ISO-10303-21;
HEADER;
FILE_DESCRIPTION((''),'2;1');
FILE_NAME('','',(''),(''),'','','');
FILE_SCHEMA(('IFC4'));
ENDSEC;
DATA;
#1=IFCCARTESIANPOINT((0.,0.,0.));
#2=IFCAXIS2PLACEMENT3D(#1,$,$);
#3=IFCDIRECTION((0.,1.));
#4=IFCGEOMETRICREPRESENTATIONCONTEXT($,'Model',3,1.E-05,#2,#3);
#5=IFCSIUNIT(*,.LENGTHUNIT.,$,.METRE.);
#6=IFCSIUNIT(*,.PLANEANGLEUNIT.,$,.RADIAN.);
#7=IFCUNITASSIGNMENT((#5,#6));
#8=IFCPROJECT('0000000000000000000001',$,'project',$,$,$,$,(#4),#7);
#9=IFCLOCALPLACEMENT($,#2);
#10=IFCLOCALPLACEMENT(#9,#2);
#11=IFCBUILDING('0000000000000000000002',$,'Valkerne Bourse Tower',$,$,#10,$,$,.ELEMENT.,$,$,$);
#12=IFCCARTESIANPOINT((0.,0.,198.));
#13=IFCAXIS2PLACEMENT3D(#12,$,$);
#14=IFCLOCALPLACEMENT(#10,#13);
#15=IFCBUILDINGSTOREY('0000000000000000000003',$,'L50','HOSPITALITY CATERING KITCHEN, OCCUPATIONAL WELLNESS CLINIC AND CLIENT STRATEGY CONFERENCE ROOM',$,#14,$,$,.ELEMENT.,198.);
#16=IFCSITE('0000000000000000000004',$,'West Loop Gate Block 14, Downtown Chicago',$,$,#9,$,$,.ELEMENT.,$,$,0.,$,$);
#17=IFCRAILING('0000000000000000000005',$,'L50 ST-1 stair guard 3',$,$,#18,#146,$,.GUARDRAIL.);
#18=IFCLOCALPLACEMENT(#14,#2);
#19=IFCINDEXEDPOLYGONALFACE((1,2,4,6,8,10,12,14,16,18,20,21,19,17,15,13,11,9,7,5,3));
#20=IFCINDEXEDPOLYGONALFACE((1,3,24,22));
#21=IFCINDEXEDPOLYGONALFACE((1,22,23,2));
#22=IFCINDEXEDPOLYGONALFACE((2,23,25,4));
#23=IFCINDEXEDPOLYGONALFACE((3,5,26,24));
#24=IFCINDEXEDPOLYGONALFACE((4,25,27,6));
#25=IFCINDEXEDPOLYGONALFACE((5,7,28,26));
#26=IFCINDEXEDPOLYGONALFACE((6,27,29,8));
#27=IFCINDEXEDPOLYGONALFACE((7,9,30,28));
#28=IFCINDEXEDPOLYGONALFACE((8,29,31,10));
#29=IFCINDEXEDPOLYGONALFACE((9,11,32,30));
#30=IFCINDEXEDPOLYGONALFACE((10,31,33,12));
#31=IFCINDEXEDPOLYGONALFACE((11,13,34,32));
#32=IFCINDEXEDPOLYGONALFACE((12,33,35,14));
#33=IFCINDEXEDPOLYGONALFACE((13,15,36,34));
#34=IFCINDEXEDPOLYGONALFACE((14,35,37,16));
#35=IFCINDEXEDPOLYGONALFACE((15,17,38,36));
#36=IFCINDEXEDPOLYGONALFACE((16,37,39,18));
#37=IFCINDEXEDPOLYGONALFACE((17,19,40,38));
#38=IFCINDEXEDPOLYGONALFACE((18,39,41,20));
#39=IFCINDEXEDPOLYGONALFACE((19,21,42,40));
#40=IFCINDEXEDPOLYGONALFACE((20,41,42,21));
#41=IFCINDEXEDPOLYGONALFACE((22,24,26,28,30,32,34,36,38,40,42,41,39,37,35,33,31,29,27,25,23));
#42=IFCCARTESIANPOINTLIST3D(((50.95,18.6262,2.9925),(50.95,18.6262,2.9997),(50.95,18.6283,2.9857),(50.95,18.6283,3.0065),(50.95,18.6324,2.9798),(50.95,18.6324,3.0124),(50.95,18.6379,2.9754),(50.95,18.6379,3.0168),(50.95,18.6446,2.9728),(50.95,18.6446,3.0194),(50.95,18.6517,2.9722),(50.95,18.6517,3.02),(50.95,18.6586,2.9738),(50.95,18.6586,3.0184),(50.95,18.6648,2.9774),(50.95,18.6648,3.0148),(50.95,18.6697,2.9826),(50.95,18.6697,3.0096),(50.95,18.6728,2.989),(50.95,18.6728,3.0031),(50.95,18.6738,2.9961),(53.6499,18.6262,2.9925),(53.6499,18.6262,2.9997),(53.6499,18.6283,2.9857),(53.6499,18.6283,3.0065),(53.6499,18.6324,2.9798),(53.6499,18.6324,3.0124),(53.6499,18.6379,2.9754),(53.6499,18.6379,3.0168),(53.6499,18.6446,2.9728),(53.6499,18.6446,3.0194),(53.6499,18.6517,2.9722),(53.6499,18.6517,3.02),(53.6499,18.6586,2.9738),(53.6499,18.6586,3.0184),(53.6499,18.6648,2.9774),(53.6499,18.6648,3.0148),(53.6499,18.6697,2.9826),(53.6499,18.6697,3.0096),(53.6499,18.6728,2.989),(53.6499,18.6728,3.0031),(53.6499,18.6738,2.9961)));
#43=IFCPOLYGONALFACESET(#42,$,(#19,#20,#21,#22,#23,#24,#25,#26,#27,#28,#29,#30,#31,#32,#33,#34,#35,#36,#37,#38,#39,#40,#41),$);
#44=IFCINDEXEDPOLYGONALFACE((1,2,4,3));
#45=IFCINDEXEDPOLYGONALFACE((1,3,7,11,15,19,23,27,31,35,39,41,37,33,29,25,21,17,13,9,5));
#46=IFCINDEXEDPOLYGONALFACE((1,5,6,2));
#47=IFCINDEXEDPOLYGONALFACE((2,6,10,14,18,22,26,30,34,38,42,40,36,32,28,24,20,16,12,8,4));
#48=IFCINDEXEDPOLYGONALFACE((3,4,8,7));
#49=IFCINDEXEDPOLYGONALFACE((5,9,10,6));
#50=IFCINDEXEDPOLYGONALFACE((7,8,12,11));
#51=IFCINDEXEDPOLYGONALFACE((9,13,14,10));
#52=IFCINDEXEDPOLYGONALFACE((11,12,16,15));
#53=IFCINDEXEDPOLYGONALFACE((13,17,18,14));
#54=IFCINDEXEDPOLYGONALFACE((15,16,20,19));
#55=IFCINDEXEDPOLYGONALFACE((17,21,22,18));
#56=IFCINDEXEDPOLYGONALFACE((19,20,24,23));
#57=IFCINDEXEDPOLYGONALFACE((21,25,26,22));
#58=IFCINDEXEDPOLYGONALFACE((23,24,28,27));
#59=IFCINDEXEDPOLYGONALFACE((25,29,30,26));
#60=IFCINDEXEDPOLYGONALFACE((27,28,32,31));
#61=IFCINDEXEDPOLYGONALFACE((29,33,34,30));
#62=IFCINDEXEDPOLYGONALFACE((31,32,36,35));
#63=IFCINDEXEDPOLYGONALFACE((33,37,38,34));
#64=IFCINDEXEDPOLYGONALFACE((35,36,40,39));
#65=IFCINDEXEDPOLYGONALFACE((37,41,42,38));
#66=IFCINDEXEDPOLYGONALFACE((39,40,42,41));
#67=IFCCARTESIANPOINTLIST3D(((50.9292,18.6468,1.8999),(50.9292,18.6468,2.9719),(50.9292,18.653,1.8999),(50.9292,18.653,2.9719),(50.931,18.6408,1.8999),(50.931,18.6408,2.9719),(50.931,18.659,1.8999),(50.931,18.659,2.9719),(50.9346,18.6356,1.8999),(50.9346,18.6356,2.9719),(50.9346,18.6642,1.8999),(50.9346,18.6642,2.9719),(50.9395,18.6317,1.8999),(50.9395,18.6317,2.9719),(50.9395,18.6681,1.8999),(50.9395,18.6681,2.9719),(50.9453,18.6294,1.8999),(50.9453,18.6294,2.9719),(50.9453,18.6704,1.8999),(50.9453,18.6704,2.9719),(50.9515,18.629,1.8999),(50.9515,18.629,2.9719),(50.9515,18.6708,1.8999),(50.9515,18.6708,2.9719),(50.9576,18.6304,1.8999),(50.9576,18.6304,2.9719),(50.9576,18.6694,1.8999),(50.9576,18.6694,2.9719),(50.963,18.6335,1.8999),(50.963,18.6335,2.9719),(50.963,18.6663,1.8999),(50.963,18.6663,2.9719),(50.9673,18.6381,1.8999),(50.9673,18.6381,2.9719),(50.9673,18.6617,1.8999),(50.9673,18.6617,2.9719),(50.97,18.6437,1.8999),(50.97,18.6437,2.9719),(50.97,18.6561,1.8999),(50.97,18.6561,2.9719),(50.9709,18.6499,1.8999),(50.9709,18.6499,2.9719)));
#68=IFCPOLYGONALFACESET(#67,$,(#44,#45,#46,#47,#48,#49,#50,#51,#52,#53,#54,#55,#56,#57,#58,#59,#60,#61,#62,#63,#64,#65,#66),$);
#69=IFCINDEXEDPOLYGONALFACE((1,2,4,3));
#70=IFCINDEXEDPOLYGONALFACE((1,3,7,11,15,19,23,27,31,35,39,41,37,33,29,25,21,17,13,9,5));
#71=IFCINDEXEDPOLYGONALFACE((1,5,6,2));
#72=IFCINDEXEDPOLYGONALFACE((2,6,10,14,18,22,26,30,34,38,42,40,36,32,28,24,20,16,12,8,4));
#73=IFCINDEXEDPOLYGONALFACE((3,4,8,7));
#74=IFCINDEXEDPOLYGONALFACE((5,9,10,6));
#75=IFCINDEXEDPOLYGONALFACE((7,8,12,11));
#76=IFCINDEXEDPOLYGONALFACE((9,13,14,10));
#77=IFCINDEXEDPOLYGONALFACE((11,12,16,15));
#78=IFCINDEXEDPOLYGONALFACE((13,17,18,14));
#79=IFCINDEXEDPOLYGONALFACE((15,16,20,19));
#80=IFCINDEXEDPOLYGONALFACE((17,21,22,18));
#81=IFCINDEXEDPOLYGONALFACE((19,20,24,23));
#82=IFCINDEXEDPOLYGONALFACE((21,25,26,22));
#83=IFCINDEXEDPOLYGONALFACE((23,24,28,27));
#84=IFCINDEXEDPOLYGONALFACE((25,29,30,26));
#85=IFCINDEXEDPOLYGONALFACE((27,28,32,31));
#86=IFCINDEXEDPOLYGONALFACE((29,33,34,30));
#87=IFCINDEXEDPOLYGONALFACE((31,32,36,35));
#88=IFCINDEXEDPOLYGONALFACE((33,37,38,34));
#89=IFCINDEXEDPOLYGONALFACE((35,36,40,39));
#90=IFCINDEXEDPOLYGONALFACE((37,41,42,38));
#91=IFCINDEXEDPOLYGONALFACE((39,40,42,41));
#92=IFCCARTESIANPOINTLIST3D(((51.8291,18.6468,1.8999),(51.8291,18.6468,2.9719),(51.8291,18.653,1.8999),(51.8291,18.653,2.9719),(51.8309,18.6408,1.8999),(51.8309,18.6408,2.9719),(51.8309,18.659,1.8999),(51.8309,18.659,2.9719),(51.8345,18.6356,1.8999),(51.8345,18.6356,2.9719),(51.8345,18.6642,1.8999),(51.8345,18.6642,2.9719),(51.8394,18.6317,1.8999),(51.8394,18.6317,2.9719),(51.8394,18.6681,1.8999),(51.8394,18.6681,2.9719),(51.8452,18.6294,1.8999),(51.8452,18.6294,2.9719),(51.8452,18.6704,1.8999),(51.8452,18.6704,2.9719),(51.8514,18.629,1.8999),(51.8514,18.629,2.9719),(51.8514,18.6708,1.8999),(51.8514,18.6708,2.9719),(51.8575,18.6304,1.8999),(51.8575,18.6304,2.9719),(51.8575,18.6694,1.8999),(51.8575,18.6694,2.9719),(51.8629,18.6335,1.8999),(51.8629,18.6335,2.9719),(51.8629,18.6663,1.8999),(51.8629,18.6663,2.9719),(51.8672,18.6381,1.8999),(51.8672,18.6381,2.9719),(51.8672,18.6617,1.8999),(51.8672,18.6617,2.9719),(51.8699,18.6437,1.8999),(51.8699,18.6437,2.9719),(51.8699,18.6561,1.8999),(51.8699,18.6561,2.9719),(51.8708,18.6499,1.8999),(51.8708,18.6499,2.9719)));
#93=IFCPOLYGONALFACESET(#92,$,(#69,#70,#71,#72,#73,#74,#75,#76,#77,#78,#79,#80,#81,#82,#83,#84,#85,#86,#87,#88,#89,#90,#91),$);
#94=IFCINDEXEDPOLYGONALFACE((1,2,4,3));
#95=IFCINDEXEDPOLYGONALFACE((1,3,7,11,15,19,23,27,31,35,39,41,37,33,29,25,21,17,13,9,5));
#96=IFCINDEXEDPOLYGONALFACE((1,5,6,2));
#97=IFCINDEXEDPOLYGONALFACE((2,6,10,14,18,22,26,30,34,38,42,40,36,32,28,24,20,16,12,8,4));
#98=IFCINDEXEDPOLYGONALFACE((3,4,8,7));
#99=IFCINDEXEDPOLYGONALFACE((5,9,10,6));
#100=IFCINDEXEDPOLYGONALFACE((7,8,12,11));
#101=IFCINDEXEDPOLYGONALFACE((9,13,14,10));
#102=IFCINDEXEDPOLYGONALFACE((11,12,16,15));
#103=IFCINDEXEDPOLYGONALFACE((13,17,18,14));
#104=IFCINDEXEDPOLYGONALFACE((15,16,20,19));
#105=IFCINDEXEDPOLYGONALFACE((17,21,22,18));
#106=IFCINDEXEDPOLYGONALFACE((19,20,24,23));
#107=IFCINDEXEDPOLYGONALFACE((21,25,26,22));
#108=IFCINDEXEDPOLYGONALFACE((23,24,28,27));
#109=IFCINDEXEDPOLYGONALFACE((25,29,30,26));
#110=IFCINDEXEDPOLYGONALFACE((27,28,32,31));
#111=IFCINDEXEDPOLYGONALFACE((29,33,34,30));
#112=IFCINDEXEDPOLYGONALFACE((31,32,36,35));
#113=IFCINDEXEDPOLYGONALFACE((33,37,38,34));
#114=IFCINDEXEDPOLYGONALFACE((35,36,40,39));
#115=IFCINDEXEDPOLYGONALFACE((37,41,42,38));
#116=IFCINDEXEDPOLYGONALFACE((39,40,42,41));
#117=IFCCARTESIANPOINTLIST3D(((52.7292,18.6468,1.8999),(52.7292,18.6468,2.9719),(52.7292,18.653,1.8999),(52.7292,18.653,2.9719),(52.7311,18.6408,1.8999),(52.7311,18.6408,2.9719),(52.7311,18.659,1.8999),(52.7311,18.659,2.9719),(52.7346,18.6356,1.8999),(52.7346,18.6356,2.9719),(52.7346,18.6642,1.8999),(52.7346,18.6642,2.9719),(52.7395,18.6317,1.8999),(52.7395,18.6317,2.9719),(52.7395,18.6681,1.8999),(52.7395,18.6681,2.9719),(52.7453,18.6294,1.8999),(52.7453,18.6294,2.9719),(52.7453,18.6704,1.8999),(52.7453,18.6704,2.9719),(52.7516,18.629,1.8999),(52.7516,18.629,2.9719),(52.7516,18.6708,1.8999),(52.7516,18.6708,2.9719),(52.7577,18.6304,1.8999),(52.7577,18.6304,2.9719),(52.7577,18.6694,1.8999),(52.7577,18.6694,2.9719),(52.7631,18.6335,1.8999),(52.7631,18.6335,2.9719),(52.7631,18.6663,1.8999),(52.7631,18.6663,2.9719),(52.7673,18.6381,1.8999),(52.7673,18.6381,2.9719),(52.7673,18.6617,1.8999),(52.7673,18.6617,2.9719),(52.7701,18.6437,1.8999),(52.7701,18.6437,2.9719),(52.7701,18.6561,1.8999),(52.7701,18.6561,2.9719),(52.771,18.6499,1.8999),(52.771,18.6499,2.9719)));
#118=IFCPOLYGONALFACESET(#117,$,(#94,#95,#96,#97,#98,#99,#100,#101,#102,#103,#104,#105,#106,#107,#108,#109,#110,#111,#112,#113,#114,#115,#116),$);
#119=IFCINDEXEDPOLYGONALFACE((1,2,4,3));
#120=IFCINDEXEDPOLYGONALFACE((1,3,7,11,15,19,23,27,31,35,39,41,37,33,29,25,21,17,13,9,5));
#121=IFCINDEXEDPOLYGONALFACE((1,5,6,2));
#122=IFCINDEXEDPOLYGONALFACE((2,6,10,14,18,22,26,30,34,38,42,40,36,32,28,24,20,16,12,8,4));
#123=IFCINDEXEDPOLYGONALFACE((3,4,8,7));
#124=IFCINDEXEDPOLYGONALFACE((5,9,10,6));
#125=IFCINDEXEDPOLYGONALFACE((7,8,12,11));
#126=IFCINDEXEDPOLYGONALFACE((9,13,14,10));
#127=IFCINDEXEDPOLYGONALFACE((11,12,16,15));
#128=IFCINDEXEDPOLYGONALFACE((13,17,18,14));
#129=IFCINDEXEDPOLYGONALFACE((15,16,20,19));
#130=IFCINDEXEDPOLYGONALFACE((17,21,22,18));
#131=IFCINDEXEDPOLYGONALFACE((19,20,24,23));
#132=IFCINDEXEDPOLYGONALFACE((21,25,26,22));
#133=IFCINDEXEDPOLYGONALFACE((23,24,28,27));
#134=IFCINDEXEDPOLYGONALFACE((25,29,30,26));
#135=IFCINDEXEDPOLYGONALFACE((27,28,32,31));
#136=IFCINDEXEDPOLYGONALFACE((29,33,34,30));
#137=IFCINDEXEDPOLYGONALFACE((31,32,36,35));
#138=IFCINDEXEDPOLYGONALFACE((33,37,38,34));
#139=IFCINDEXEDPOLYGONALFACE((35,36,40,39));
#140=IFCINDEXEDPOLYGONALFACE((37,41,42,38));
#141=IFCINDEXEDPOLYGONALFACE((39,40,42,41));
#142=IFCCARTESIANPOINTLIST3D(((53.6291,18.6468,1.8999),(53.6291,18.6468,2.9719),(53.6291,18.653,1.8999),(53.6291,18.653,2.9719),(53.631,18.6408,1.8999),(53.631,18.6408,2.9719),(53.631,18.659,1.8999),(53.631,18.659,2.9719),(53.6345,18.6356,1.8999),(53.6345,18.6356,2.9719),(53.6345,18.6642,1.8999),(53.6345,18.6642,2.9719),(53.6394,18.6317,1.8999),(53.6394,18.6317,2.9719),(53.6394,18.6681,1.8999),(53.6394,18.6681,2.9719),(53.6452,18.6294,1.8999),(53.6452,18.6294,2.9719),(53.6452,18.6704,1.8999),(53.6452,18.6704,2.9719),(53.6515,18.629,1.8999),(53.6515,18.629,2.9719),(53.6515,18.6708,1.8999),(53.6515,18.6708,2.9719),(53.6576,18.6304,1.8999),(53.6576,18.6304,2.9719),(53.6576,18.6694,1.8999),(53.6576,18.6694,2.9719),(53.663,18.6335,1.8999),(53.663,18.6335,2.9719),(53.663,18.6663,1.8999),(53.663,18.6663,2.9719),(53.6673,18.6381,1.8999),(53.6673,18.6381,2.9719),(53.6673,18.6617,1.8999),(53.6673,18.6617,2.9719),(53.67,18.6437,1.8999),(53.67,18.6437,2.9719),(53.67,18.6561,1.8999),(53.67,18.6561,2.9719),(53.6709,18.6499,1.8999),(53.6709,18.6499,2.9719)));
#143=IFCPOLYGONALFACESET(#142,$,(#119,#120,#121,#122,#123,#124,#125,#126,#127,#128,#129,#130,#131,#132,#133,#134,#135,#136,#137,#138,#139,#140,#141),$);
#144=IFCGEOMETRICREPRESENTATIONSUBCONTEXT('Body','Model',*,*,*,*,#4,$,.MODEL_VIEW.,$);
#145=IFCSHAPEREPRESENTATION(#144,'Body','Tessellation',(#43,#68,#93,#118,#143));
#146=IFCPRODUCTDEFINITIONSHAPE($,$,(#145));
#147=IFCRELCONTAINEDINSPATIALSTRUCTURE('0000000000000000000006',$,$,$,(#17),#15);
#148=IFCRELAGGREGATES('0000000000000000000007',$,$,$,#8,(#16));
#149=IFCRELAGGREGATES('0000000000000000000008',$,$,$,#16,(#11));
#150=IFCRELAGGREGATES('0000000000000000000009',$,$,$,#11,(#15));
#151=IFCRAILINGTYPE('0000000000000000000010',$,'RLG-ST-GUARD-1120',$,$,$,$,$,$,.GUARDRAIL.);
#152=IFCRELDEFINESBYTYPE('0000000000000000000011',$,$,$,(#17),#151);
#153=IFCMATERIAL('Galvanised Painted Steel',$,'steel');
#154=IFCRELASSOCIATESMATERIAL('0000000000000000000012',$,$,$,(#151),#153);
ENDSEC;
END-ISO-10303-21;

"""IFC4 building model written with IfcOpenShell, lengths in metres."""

from ifc_helpers import new_model, si_unit, direction, frame, origin, origin_2d, place, context, subcontext, project, spatial, circle, extrude, material, type_object, element, save


model = new_model("IFC4")

# Units and contexts
model_context = context("Model", 3, precision=1e-05, world=origin(), true_north=direction((0.0, 1.0)))
body_context = subcontext(model_context, "Body", "Model", "MODEL_VIEW")
ifc_project = project(units=[si_unit("LENGTHUNIT", "METRE"), si_unit("PLANEANGLEUNIT", "RADIAN")], contexts=[model_context])

# Site, building, storey
site_placement = place(None, origin())
site = spatial("IfcSite", under=ifc_project, at=site_placement, Name="West Loop Gate Block 14, Downtown Chicago", CompositionType="ELEMENT", RefElevation=0.0)
building_placement = place(site_placement, origin())
building = spatial("IfcBuilding", under=site, at=building_placement, Name="Valkerne Bourse Tower", CompositionType="ELEMENT")
storey_placement = place(building_placement, frame((0.0, 0.0, 198.0)))
storey = spatial("IfcBuildingStorey", under=building, at=storey_placement, Name="L50", Description="HOSPITALITY CATERING KITCHEN, OCCUPATIONAL WELLNESS CLINIC AND CLIENT STRATEGY CONFERENCE ROOM", CompositionType="ELEMENT", Elevation=198.0)

# Shared definitions
ifc_material_1 = material(Name="Galvanised Painted Steel", Category="steel")

# Railing
railing_type_1 = type_object("IfcRailingType", Name="RLG-ST-GUARD-1120", PredefinedType="GUARDRAIL", material=ifc_material_1)
for number, where, name in (
    (1, (50.95, 18.6499, 1.8999), "L50 ST-1 stair guard 3"),
):
    element("IfcRailing", number, at=place(storey_placement, frame(where)), inside=storey, type_object=railing_type_1, Name=name, PredefinedType="GUARDRAIL", context=body_context, shape_type="SweptSolid", body=[
        extrude(circle(Radius=0.0239, at=origin_2d()), frame((0.0, 0.0, 1.0962), z_axis=(1.0, 0.0, 0.0), x_axis=(0.0, 1.0, 0.0)), (0.0, 0.0, 1.0), 2.7),
        extrude(circle(Radius=0.021, at=origin_2d()), origin(), (0.0, 0.0, 1.0), 1.072),
        extrude(circle(Radius=0.021, at=origin_2d()), frame((0.8999, 0.0, 0.0)), (0.0, 0.0, 1.0), 1.072),
        extrude(circle(Radius=0.021, at=origin_2d()), frame((1.8, 0.0, 0.0)), (0.0, 0.0, 1.0), 1.072),
        extrude(circle(Radius=0.021, at=origin_2d()), frame((2.7, 0.0, 0.0)), (0.0, 0.0, 1.0), 1.072),
    ])

save(model, "model.ifc")
